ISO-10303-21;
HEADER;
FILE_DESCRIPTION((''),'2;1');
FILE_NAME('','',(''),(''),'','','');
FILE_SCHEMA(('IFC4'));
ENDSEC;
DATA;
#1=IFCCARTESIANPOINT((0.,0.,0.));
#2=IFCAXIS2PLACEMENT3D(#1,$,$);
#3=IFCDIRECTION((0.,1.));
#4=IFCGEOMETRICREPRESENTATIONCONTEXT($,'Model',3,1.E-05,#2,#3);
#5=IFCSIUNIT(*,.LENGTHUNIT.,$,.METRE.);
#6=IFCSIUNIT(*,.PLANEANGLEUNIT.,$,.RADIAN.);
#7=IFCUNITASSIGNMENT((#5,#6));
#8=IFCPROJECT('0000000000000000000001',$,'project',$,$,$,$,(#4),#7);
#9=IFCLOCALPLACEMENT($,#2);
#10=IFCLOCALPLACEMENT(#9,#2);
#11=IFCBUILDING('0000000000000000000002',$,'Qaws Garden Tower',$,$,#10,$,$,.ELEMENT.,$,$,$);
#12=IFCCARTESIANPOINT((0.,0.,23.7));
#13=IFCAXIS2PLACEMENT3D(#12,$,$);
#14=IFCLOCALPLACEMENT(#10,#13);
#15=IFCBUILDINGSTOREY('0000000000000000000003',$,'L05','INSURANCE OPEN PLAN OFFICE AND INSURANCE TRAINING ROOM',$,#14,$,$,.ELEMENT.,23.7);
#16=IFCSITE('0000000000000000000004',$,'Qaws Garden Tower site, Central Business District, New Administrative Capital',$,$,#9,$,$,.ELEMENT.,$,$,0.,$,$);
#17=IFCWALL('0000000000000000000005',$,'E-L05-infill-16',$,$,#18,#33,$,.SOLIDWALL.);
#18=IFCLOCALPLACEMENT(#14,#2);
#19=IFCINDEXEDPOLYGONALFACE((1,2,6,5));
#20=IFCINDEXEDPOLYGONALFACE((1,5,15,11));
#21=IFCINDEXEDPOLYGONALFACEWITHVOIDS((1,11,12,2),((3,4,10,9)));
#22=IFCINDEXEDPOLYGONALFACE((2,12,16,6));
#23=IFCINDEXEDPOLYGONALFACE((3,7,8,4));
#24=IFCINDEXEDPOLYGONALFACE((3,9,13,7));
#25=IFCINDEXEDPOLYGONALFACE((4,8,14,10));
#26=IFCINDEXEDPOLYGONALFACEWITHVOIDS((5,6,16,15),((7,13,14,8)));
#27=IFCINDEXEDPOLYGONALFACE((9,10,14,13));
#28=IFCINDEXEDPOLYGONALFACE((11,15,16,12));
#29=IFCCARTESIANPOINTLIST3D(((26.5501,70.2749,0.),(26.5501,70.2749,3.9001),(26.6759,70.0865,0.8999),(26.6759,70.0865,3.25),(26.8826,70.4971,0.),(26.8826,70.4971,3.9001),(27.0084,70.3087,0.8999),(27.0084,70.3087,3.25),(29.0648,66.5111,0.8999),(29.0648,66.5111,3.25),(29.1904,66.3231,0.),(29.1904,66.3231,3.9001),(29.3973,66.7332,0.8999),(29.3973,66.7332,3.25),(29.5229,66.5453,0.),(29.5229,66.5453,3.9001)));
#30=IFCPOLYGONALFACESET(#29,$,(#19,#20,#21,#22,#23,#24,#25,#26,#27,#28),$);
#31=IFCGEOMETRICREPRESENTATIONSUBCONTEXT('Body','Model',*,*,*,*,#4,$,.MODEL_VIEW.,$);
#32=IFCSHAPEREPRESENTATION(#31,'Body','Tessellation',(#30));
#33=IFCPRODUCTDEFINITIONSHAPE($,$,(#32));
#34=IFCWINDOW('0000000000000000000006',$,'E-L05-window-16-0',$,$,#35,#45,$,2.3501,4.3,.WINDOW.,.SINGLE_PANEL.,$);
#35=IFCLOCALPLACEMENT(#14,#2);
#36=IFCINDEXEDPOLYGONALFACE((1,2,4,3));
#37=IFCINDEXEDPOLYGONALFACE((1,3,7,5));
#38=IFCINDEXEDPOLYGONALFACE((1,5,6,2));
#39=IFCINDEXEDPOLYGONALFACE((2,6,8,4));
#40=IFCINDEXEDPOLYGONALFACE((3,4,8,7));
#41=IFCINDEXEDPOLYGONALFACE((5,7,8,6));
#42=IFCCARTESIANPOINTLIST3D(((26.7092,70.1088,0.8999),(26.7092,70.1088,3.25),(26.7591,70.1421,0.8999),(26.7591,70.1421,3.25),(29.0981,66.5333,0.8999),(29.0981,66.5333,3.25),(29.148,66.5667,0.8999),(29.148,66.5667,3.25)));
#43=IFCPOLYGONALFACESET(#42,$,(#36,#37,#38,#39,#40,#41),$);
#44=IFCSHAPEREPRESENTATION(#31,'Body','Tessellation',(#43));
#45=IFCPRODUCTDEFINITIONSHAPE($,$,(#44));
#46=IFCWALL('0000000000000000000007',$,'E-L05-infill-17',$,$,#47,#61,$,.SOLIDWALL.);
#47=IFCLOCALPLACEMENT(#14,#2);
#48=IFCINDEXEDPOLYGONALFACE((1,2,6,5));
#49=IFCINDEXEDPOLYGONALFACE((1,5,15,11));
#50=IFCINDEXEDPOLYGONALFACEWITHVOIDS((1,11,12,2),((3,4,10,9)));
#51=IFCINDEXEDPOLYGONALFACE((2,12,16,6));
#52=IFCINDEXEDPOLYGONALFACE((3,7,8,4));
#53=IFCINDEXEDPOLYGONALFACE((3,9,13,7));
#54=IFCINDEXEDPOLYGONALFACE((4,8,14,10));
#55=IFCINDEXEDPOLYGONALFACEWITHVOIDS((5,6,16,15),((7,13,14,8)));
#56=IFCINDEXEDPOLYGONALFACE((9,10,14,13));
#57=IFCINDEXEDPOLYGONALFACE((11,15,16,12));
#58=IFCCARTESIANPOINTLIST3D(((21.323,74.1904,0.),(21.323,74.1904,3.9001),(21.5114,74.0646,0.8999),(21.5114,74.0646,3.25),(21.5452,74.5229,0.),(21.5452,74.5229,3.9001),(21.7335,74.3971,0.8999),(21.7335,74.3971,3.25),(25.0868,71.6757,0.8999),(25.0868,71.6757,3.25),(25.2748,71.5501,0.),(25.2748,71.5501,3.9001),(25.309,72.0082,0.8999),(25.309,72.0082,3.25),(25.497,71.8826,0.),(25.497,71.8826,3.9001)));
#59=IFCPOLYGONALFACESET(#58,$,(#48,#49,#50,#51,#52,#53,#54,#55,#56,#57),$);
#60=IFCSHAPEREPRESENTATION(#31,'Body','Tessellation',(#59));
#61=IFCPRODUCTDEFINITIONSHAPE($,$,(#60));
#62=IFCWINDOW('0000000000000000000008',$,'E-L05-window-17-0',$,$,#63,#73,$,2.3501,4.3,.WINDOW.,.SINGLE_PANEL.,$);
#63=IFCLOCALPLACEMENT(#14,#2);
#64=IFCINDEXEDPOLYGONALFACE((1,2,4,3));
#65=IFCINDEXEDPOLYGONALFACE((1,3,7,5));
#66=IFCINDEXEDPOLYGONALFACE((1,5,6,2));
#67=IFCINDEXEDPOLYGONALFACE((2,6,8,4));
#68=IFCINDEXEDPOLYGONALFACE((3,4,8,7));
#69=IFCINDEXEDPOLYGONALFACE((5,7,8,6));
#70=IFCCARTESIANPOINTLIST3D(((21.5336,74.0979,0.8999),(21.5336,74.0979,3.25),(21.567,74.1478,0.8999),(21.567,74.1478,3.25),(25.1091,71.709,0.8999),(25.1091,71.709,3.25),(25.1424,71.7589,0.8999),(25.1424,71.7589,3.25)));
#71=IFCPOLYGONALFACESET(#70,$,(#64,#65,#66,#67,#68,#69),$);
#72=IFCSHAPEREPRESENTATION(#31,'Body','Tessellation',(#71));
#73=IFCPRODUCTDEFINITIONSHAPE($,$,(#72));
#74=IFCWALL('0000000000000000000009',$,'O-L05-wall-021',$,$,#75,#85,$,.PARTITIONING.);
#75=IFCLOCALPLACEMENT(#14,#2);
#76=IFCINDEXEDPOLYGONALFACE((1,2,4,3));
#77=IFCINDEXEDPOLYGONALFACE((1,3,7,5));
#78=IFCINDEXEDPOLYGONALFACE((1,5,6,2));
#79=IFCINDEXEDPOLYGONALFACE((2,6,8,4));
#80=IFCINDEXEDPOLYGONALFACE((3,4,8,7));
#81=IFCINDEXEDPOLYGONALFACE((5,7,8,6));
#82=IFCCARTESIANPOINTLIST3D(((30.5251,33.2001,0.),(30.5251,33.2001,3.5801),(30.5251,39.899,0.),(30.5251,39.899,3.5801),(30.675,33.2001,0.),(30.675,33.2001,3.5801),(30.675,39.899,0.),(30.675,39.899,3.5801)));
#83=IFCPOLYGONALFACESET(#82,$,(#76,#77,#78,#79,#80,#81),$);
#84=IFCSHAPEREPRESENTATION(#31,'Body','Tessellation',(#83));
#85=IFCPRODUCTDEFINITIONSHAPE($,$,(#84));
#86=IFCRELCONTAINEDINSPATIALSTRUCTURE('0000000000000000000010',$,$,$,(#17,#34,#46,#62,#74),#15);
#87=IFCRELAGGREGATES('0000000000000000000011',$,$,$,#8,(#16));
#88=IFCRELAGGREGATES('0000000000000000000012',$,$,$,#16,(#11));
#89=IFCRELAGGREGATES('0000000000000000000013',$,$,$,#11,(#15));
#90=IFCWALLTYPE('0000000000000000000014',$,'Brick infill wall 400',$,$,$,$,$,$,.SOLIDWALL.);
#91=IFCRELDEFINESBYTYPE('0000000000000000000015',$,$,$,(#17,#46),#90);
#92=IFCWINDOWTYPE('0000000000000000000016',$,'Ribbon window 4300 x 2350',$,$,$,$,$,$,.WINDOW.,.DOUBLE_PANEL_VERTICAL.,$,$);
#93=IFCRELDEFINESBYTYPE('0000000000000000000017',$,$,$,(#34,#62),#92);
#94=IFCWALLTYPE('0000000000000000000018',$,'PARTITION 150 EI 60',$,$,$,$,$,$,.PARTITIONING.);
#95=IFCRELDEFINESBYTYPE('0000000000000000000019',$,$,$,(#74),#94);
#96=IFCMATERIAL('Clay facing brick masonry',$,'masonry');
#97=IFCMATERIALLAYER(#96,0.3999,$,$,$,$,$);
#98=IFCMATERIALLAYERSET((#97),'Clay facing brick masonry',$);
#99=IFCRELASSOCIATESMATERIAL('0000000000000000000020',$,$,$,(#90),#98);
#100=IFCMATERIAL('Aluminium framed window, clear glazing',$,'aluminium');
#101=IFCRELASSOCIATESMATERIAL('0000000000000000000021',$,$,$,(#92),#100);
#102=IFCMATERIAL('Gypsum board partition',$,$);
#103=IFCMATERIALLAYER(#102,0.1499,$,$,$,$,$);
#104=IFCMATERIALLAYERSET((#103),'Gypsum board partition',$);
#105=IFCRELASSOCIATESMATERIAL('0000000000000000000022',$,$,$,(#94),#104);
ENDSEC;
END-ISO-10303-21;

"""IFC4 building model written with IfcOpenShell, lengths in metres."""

from ifc_helpers import new_model, si_unit, direction, frame, frame_2d, origin, place, context, subcontext, project, spatial, rectangle, extrude, material, layer, layer_set, type_object, element, fill, save


model = new_model("IFC4")

# Units and contexts
model_context = context("Model", 3, precision=1e-05, world=origin(), true_north=direction((0.0, 1.0)))
body_context = subcontext(model_context, "Body", "Model", "MODEL_VIEW")
ifc_project = project(units=[si_unit("LENGTHUNIT", "METRE"), si_unit("PLANEANGLEUNIT", "RADIAN")], contexts=[model_context])

# Site, building, storey
site_placement = place(None, origin())
site = spatial("IfcSite", under=ifc_project, at=site_placement, Name="Qaws Garden Tower site, Central Business District, New Administrative Capital", CompositionType="ELEMENT", RefElevation=0.0)
building_placement = place(site_placement, origin())
building = spatial("IfcBuilding", under=site, at=building_placement, Name="Qaws Garden Tower", CompositionType="ELEMENT")
storey_placement = place(building_placement, frame((0.0, 0.0, 23.7)))
storey = spatial("IfcBuildingStorey", under=building, at=storey_placement, Name="L05", Description="INSURANCE OPEN PLAN OFFICE AND INSURANCE TRAINING ROOM", CompositionType="ELEMENT", Elevation=23.7)

# Shared definitions
ifc_material_1 = material(Name="Clay facing brick masonry", Category="masonry")
ifc_layer_1 = layer(ifc_material_1, 0.3999)
ifc_layer_set_1 = layer_set([ifc_layer_1], Name="Clay facing brick masonry")
wall_type_1 = type_object("IfcWallType", Name="Brick infill wall 400", PredefinedType="SOLIDWALL", material=ifc_layer_set_1)

# Walls, openings, windows
ifc_material_2 = material(Name="Aluminium framed window, clear glazing", Category="aluminium")
window_type_1 = type_object("IfcWindowType", Name="Ribbon window 4300 x 2350", PartitioningType="DOUBLE_PANEL_VERTICAL", PredefinedType="WINDOW", material=ifc_material_2)
wall_1_placement = place(storey_placement, frame((29.3567, 66.4341, 0.0), z_axis=(0.0, 0.0, 1.0), x_axis=(-0.555542, 0.831489, 0.0)))
wall_1 = element("IfcWall", 1, at=wall_1_placement, inside=storey, type_object=wall_type_1, Name="E-L05-infill-16", PredefinedType="SOLIDWALL", context=body_context, shape_type="SweptSolid", body=[
    extrude(rectangle(XDim=4.7527, YDim=0.3999, at=frame_2d((2.3765, 0.0))), origin(), (0.0, 0.0, 1.0), 3.9001),
])
opening_1_placement = place(wall_1_placement, frame((0.2263, 0.0, 0.8999)))
opening_1 = element("IfcOpeningElement", 2, at=opening_1_placement, cuts=wall_1, PredefinedType="OPENING", context=body_context, shape_type="SweptSolid", body=[
    extrude(rectangle(XDim=4.3, YDim=2.3501, at=frame_2d((2.1499, 1.175))), frame((0.0, 0.21, 0.0), z_axis=(0.0, -1.0, 0.0), x_axis=(1.0, 0.0, 0.0)), (0.0, 0.0, 1.0), 0.4199),
])
window_1_placement = place(opening_1_placement, origin())
window_1 = element("IfcWindow", 3, at=window_1_placement, inside=storey, type_object=window_type_1, Name="E-L05-window-16-0", OverallHeight=2.3501, OverallWidth=4.3, PartitioningType="SINGLE_PANEL", PredefinedType="WINDOW", context=body_context, shape_type="SweptSolid", body=[
    extrude(rectangle(XDim=4.3, YDim=2.3501, at=frame_2d((2.1499, 1.175))), frame((0.0, 0.1599, 0.0), z_axis=(0.0, -1.0, 0.0), x_axis=(1.0, 0.0, 0.0)), (0.0, 0.0, 1.0), 0.0601),
])
fill(opening_1, window_1)
wall_2_placement = place(storey_placement, frame((25.386, 71.7163, 0.0), z_axis=(0.0, 0.0, 1.0), x_axis=(-0.831489, 0.555542, 0.0)))
wall_2 = element("IfcWall", 4, at=wall_2_placement, inside=storey, type_object=wall_type_1, Name="E-L05-infill-17", PredefinedType="SOLIDWALL", context=body_context, shape_type="SweptSolid", body=[
    extrude(rectangle(XDim=4.7527, YDim=0.3999, at=frame_2d((2.3765, 0.0))), origin(), (0.0, 0.0, 1.0), 3.9001),
])
opening_2_placement = place(wall_2_placement, frame((0.2263, 0.0, 0.8999)))
opening_2 = element("IfcOpeningElement", 5, at=opening_2_placement, cuts=wall_2, PredefinedType="OPENING", context=body_context, shape_type="SweptSolid", body=[
    extrude(rectangle(XDim=4.3, YDim=2.3501, at=frame_2d((2.1499, 1.175))), frame((0.0, 0.21, 0.0), z_axis=(0.0, -1.0, 0.0), x_axis=(1.0, 0.0, 0.0)), (0.0, 0.0, 1.0), 0.4199),
])
window_2_placement = place(opening_2_placement, origin())
window_2 = element("IfcWindow", 6, at=window_2_placement, inside=storey, type_object=window_type_1, Name="E-L05-window-17-0", OverallHeight=2.3501, OverallWidth=4.3, PartitioningType="SINGLE_PANEL", PredefinedType="WINDOW", context=body_context, shape_type="SweptSolid", body=[
    extrude(rectangle(XDim=4.3, YDim=2.3501, at=frame_2d((2.1499, 1.175))), frame((0.0, 0.1599, 0.0), z_axis=(0.0, -1.0, 0.0), x_axis=(1.0, 0.0, 0.0)), (0.0, 0.0, 1.0), 0.0601),
])
fill(opening_2, window_2)

# Wall
ifc_material_3 = material(Name="Gypsum board partition")
ifc_layer_2 = layer(ifc_material_3, 0.1499)
ifc_layer_set_2 = layer_set([ifc_layer_2], Name="Gypsum board partition")
wall_type_2 = type_object("IfcWallType", Name="PARTITION 150 EI 60", PredefinedType="PARTITIONING", material=ifc_layer_set_2)
wall_3_placement = place(storey_placement, frame((30.6001, 33.2, 0.0), z_axis=(0.0, 0.0, 1.0), x_axis=(0.0, 1.0, 0.0)))
element("IfcWall", 7, at=wall_3_placement, inside=storey, type_object=wall_type_2, Name="O-L05-wall-021", PredefinedType="PARTITIONING", context=body_context, shape_type="SweptSolid", body=[
    extrude(rectangle(XDim=6.699, YDim=0.1499, at=frame_2d((3.3496, 0.0))), origin(), (0.0, 0.0, 1.0), 3.5801),
])

save(model, "model.ifc")
